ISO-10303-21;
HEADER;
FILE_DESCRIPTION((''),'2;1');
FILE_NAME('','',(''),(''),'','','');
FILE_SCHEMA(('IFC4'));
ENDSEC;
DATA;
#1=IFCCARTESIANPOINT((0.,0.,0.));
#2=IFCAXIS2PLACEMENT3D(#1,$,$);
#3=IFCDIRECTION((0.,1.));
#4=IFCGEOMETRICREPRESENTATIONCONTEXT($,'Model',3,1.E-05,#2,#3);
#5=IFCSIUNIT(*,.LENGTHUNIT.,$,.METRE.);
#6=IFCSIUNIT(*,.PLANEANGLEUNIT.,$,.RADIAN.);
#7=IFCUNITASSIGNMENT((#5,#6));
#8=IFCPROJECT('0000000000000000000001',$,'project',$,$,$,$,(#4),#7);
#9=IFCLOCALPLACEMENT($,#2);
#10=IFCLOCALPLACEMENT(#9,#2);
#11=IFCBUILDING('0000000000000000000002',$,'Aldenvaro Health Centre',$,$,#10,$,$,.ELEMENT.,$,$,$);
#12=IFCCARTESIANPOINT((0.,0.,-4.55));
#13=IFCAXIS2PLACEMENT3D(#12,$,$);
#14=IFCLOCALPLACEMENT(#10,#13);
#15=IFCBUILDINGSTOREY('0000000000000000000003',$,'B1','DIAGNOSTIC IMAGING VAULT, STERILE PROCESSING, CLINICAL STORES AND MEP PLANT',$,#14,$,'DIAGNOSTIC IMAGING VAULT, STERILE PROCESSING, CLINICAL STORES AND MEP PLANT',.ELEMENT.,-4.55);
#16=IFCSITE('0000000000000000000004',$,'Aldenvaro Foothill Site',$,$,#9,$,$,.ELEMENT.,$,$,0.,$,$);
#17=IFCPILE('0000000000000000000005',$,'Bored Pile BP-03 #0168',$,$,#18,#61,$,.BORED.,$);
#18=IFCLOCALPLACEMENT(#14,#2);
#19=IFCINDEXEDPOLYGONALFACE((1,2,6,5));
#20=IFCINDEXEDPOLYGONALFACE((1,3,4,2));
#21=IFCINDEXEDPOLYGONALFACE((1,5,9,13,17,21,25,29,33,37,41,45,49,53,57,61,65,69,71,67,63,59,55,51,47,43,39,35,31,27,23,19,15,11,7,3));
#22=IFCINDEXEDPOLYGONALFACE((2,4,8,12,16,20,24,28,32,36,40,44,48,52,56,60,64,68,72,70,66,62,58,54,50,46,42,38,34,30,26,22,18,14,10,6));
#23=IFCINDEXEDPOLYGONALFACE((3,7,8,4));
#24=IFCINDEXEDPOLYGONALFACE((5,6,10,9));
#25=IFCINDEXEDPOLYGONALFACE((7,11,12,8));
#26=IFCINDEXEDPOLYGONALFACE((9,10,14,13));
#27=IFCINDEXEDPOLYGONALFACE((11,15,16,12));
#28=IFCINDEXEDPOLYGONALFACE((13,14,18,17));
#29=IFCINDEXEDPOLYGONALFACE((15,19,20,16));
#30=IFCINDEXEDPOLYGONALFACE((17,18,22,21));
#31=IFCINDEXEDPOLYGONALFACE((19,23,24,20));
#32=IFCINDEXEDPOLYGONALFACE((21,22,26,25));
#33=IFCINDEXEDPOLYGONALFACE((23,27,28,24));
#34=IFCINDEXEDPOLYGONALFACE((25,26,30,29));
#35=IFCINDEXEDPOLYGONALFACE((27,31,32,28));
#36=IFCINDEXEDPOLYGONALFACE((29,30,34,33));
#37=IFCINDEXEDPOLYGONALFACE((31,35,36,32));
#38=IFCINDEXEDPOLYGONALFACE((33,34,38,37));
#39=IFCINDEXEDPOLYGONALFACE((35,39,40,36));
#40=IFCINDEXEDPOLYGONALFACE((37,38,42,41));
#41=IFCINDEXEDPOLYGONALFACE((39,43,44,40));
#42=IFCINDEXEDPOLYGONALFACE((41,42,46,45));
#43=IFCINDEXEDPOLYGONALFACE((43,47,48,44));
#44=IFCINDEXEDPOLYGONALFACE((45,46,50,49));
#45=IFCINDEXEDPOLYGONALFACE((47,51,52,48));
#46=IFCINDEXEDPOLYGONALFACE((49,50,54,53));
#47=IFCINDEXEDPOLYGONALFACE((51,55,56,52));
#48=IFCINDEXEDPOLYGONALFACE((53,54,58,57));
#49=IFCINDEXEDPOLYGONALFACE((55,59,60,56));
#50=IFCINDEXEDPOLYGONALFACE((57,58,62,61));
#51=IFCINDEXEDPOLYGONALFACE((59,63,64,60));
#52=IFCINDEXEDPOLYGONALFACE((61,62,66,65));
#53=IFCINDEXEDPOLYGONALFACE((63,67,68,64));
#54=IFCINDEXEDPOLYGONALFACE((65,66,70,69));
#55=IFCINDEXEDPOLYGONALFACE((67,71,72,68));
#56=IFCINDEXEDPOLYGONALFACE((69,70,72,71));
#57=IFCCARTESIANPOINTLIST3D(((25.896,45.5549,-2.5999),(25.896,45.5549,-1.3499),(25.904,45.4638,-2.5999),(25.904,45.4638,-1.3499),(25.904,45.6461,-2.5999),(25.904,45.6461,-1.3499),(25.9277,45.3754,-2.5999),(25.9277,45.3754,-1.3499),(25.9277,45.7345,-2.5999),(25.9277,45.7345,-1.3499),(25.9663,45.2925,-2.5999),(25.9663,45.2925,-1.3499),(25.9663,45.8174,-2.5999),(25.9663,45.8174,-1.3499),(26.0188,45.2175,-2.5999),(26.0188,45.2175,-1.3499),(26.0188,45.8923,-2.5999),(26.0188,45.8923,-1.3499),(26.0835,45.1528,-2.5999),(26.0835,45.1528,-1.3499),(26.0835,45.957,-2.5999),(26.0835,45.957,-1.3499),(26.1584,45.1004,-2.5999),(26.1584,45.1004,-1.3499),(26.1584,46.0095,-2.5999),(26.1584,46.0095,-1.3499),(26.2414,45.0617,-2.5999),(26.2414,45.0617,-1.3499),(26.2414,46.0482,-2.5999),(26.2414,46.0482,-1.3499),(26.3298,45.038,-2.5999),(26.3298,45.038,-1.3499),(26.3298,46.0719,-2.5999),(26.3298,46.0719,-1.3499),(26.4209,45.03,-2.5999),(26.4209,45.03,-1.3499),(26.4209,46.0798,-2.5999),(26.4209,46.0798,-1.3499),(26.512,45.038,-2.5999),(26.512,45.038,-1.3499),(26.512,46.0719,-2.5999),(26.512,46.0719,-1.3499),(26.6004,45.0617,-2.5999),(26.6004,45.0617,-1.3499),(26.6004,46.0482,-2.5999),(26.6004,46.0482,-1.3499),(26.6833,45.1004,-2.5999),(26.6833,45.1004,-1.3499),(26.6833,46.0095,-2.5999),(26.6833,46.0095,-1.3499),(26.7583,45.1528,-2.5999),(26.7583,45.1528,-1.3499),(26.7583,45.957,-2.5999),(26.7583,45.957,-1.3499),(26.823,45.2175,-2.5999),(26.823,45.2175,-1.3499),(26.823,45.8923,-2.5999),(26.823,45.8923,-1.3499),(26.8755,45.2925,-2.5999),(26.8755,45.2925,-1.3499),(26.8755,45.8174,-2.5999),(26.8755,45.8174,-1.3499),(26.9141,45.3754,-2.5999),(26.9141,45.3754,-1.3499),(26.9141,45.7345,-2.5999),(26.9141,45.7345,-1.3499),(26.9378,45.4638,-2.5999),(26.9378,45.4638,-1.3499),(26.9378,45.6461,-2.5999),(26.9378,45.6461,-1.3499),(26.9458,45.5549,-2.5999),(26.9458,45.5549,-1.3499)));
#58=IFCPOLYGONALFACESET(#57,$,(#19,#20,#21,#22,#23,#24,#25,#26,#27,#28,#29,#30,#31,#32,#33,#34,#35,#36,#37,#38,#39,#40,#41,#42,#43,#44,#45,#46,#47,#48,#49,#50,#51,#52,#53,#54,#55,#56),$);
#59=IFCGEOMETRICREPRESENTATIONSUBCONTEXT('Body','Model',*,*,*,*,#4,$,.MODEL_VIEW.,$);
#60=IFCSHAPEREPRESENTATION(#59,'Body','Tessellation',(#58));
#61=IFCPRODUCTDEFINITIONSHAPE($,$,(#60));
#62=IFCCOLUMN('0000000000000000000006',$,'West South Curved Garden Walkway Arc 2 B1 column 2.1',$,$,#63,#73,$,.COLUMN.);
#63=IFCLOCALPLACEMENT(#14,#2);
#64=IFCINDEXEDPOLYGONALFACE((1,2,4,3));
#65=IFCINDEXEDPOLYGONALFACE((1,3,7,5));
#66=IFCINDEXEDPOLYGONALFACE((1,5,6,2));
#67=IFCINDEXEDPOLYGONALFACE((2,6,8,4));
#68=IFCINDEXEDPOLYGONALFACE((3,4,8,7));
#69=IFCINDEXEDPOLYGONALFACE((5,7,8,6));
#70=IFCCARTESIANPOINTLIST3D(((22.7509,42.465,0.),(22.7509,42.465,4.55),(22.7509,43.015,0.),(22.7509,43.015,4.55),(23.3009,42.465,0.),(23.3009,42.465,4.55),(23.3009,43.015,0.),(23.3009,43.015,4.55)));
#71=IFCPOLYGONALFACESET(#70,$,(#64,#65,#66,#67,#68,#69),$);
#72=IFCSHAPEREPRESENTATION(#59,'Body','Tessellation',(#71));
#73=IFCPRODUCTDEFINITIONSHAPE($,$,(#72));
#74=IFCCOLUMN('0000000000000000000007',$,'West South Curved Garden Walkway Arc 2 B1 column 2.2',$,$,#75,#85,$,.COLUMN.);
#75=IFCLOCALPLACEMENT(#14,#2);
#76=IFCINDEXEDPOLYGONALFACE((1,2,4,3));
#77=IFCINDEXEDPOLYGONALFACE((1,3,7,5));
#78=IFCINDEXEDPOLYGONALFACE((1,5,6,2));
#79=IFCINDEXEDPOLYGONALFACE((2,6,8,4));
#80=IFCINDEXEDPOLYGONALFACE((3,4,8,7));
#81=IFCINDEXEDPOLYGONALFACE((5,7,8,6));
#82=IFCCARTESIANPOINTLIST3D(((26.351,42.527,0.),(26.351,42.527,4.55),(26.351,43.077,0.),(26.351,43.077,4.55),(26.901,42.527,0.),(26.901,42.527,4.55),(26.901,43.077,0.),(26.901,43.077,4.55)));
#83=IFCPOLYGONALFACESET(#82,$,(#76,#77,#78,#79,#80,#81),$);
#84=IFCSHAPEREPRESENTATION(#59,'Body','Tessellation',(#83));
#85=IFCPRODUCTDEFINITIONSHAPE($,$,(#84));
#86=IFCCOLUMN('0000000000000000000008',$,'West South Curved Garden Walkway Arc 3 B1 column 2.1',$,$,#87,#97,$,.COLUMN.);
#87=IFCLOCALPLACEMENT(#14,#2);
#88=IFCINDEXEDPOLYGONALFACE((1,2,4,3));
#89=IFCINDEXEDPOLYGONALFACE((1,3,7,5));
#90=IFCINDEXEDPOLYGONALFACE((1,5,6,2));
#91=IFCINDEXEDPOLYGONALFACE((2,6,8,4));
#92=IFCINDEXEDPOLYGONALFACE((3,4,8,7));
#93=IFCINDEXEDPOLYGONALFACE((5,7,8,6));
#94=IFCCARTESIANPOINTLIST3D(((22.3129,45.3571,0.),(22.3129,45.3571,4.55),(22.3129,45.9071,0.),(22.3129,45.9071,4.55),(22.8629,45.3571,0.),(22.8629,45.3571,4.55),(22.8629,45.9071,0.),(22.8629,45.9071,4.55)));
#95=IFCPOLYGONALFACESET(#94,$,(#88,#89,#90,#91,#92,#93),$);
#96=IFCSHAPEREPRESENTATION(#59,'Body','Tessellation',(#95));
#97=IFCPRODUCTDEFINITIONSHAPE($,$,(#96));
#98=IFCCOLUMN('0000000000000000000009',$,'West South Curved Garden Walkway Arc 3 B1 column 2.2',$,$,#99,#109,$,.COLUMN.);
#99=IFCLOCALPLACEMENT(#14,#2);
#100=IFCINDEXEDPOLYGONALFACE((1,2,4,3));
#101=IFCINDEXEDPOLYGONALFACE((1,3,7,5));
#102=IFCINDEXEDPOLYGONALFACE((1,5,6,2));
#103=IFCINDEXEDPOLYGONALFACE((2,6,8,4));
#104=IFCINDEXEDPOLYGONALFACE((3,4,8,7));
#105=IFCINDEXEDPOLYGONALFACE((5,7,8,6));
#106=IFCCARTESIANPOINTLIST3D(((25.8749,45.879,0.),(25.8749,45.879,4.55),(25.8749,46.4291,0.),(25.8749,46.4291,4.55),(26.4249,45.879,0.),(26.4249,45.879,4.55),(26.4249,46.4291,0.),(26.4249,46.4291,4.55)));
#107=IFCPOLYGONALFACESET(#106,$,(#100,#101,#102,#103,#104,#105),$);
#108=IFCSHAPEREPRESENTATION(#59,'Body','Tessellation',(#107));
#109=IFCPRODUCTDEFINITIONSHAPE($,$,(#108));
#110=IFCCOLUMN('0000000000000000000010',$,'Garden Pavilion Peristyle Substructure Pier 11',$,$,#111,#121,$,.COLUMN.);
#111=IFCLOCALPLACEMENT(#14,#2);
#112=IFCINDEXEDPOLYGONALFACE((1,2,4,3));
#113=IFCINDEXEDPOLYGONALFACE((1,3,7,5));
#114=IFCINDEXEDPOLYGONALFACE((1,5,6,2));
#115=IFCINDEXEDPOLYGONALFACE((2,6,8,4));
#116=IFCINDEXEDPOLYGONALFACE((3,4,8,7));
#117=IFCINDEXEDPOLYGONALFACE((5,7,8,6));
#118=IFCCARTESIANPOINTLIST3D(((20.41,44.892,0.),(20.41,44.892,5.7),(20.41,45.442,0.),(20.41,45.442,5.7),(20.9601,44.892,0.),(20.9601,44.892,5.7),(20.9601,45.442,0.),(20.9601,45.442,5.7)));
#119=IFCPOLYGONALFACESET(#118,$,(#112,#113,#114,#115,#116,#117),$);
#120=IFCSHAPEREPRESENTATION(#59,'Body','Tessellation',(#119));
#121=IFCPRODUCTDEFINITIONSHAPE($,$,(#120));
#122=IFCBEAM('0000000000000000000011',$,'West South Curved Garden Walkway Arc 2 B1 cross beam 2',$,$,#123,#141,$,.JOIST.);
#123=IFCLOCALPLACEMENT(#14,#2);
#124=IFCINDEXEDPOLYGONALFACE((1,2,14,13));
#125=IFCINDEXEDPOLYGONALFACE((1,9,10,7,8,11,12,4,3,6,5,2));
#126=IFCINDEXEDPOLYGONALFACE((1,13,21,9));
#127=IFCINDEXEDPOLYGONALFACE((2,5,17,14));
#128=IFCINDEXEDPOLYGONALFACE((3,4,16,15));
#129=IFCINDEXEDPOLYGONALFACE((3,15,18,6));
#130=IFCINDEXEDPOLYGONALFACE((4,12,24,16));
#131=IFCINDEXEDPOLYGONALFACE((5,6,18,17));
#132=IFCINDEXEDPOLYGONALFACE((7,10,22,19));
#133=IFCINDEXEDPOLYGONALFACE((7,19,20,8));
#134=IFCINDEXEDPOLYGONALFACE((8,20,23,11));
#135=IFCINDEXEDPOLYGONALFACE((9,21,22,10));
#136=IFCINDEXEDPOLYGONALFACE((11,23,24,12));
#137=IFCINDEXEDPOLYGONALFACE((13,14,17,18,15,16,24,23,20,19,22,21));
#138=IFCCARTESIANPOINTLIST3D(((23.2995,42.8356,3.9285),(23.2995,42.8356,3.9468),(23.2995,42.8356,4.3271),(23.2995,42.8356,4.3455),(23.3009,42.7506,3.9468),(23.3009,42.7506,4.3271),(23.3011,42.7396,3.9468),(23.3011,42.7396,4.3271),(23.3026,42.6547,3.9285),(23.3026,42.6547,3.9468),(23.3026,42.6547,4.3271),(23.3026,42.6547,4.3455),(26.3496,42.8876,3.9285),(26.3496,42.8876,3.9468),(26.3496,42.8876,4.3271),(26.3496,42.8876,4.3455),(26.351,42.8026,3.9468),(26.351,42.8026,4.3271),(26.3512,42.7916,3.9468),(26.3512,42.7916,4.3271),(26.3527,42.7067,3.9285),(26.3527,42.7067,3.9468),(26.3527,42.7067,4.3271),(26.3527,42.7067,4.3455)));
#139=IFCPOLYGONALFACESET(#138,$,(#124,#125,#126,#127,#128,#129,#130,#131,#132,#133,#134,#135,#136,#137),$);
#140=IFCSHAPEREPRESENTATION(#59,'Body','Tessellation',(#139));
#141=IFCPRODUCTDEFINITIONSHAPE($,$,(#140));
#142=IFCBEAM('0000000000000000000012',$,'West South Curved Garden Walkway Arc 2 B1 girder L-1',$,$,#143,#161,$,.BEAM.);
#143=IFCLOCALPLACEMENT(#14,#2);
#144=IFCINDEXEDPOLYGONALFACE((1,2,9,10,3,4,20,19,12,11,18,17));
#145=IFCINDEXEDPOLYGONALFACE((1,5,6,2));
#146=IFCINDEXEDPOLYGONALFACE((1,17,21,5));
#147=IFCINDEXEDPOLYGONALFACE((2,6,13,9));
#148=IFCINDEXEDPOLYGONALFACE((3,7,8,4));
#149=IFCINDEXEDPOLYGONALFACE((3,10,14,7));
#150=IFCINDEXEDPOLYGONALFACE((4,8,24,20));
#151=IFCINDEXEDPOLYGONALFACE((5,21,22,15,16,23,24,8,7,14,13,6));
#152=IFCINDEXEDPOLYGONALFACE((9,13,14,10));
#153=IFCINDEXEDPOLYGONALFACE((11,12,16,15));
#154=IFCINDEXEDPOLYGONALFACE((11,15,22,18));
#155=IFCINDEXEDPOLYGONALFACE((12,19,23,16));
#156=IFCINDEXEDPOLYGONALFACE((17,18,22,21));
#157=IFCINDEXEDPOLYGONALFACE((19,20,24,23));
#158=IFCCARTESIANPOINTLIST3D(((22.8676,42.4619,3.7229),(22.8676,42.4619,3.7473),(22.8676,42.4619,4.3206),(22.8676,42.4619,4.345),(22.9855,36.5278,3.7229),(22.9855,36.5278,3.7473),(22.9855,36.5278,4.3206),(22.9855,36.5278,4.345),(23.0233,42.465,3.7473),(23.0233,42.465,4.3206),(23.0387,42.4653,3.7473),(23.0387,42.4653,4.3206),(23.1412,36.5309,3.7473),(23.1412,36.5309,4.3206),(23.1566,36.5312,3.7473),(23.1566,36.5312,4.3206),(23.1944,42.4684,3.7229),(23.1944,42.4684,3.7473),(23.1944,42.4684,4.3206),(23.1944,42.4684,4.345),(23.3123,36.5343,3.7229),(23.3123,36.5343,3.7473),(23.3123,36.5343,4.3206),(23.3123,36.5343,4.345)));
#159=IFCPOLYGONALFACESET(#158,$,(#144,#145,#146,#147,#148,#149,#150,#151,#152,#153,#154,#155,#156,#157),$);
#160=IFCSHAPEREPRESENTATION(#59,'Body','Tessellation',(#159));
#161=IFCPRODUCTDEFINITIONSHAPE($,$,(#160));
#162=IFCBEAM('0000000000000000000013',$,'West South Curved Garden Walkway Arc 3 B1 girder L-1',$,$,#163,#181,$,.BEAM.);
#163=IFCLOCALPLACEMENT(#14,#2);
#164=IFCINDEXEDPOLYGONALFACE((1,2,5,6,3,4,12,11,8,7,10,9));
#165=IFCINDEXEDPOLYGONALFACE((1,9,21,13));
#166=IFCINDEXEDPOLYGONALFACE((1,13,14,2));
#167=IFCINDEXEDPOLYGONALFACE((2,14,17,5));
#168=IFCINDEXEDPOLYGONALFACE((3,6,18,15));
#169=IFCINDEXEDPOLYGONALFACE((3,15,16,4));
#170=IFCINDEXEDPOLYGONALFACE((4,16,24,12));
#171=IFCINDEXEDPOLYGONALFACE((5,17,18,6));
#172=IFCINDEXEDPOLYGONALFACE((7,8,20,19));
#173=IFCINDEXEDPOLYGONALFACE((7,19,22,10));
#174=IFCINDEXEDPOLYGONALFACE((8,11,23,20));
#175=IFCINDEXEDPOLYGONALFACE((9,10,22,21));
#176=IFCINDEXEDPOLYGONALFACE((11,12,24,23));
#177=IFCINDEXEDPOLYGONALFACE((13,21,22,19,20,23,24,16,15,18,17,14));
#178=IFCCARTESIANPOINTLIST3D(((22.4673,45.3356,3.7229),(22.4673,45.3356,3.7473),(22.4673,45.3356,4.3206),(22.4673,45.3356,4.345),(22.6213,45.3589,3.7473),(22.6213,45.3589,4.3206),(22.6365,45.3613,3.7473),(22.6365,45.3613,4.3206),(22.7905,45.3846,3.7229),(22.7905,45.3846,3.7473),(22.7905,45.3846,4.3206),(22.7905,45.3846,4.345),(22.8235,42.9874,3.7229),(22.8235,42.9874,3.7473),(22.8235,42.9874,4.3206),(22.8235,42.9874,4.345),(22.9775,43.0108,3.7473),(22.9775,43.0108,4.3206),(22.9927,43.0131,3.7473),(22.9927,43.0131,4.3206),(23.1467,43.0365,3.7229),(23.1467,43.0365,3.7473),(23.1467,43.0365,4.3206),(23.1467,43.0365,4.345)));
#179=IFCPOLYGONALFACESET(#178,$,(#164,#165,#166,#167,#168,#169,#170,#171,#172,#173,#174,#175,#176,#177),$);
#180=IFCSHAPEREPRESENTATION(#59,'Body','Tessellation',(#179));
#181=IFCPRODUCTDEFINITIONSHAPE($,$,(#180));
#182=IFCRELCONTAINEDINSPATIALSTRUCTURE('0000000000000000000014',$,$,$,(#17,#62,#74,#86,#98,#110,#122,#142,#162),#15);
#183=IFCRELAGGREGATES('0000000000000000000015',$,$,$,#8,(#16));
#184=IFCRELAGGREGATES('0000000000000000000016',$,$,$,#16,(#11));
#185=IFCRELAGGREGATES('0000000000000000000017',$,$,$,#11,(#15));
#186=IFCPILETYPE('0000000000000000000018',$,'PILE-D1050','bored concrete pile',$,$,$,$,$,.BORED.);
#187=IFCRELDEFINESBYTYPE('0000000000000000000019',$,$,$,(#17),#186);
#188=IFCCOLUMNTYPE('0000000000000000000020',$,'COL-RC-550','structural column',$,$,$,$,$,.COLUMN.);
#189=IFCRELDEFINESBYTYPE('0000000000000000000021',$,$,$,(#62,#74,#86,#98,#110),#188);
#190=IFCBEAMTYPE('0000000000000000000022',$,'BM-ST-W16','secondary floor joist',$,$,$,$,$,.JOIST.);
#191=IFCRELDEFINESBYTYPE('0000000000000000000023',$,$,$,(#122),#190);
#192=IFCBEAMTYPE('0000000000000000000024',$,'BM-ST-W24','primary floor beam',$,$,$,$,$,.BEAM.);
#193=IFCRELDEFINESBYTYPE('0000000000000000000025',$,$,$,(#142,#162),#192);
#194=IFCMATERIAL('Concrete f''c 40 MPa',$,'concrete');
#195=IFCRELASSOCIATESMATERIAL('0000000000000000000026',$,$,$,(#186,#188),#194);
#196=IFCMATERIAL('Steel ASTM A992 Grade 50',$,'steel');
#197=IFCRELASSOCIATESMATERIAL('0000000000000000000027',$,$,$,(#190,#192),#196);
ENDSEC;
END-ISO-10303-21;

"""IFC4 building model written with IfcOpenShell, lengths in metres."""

from ifc_helpers import new_model, si_unit, direction, frame, origin, origin_2d, place, context, subcontext, project, spatial, rectangle, circle, i_section, extrude, material, material_profile, profile_set, type_object, element, save


model = new_model("IFC4")

# Units and contexts
model_context = context("Model", 3, precision=1e-05, world=origin(), true_north=direction((0.0, 1.0)))
body_context = subcontext(model_context, "Body", "Model", "MODEL_VIEW")
ifc_project = project(units=[si_unit("LENGTHUNIT", "METRE"), si_unit("PLANEANGLEUNIT", "RADIAN")], contexts=[model_context])

# Site, building, storey
site_placement = place(None, origin())
site = spatial("IfcSite", under=ifc_project, at=site_placement, Name="Aldenvaro Foothill Site", CompositionType="ELEMENT", RefElevation=0.0)
building_placement = place(site_placement, origin())
building = spatial("IfcBuilding", under=site, at=building_placement, Name="Aldenvaro Health Centre", CompositionType="ELEMENT")
storey_placement = place(building_placement, frame((0.0, 0.0, -4.55)))
storey = spatial("IfcBuildingStorey", under=building, at=storey_placement, Name="B1", Description="DIAGNOSTIC IMAGING VAULT, STERILE PROCESSING, CLINICAL STORES AND MEP PLANT", LongName="DIAGNOSTIC IMAGING VAULT, STERILE PROCESSING, CLINICAL STORES AND MEP PLANT", CompositionType="ELEMENT", Elevation=-4.55)

# Pile
ifc_material_1 = material(Name="Concrete f'c 40 MPa", Category="concrete")
ifc_material_profile_1 = material_profile(ifc_material_1, circle(Radius=0.5249, at=origin_2d()), Name="PILE D1050", Category="concrete")
ifc_profile_set_1 = profile_set([ifc_material_profile_1], Name="Concrete f'c 40 MPa")
pile_type = type_object("IfcPileType", Name="PILE-D1050", Description="bored concrete pile", PredefinedType="BORED", material=ifc_profile_set_1)
for number, where, z_axis, x_axis, name in (
    (1, (26.4209, 45.5549, -1.3499), (0.0, 0.0, -1.0), (1.0, 0.0, 0.0), "Bored Pile BP-03 #0168"),
):
    element("IfcPile", number, at=place(storey_placement, frame(where, z_axis=z_axis, x_axis=x_axis)), inside=storey, type_object=pile_type, Name=name, PredefinedType="BORED", context=body_context, shape_type="SweptSolid", body=[
        extrude(circle(Radius=0.5249, at=origin_2d()), origin(), (0.0, 0.0, 1.0), 1.25),
    ])

# Columns
ifc_material_profile_2 = material_profile(ifc_material_1, rectangle(XDim=0.55, YDim=0.55, at=origin_2d()), Name="RC 550x550", Category="concrete")
ifc_profile_set_2 = profile_set([ifc_material_profile_2], Name="Concrete f'c 40 MPa")
column_type = type_object("IfcColumnType", Name="COL-RC-550", Description="structural column", PredefinedType="COLUMN", material=ifc_profile_set_2)
for number, where, z_axis, x_axis, name in (
    (2, (23.0259, 42.74, 0.0), (0.0, 0.0, 1.0), (1.0, 0.0, 0.0), "West South Curved Garden Walkway Arc 2 B1 column 2.1"),
    (3, (26.626, 42.802, 0.0), (0.0, 0.0, 1.0), (1.0, 0.0, 0.0), "West South Curved Garden Walkway Arc 2 B1 column 2.2"),
    (4, (22.5879, 45.6321, 0.0), (0.0, 0.0, 1.0), (1.0, 0.0, 0.0), "West South Curved Garden Walkway Arc 3 B1 column 2.1"),
    (5, (26.1499, 46.1541, 0.0), (0.0, 0.0, 1.0), (1.0, 0.0, 0.0), "West South Curved Garden Walkway Arc 3 B1 column 2.2"),
):
    element("IfcColumn", number, at=place(storey_placement, frame(where, z_axis=z_axis, x_axis=x_axis)), inside=storey, type_object=column_type, Name=name, PredefinedType="COLUMN", context=body_context, shape_type="SweptSolid", body=[
        extrude(rectangle(XDim=0.55, YDim=0.55, at=origin_2d()), origin(), (0.0, 0.0, 1.0), 4.55),
    ])
column_placement = place(storey_placement, frame((20.6851, 45.167, 0.0), z_axis=(0.0, 0.0, 1.0), x_axis=(1.0, 0.0, 0.0)))
element("IfcColumn", 6, at=column_placement, inside=storey, type_object=column_type, Name="Garden Pavilion Peristyle Substructure Pier 11", PredefinedType="COLUMN", context=body_context, shape_type="SweptSolid", body=[
    extrude(rectangle(XDim=0.55, YDim=0.55, at=origin_2d()), origin(), (0.0, 0.0, 1.0), 5.7),
])

# Beams
ifc_material_2 = material(Name="Steel ASTM A992 Grade 50", Category="steel")
ifc_material_profile_3 = material_profile(ifc_material_2, i_section(OverallWidth=0.1809, OverallDepth=0.417, WebThickness=0.011, FlangeThickness=0.0183, at=origin_2d()), Name="W16X57", Category="steel")
ifc_profile_set_3 = profile_set([ifc_material_profile_3], Name="Steel ASTM A992 Grade 50")
beam_type_1 = type_object("IfcBeamType", Name="BM-ST-W16", Description="secondary floor joist", PredefinedType="JOIST", material=ifc_profile_set_3)
beam_1_placement = place(storey_placement, frame((23.301, 42.7451, 4.137), z_axis=(0.999855, 0.017047, 0.0), x_axis=(-0.017047, 0.999855, 0.0)))
element("IfcBeam", 7, at=beam_1_placement, inside=storey, type_object=beam_type_1, Name="West South Curved Garden Walkway Arc 2 B1 cross beam 2", PredefinedType="JOIST", context=body_context, shape_type="SweptSolid", body=[
    extrude(i_section(OverallWidth=0.1809, OverallDepth=0.417, WebThickness=0.011, FlangeThickness=0.0183, at=origin_2d()), origin(), (0.0, 0.0, 1.0), 3.0505),
])
ifc_material_profile_4 = material_profile(ifc_material_2, i_section(OverallWidth=0.3269, OverallDepth=0.6221, WebThickness=0.0154, FlangeThickness=0.0244, at=origin_2d()), Name="W24X131", Category="steel")
ifc_profile_set_4 = profile_set([ifc_material_profile_4], Name="Steel ASTM A992 Grade 50")
beam_type_2 = type_object("IfcBeamType", Name="BM-ST-W24", Description="primary floor beam", PredefinedType="BEAM", material=ifc_profile_set_4)
beam_2_placement = place(storey_placement, frame((23.1489, 36.531, 4.0339), z_axis=(-0.019868, 0.999803, 0.0), x_axis=(-0.999803, -0.019868, 0.0)))
element("IfcBeam", 8, at=beam_2_placement, inside=storey, type_object=beam_type_2, Name="West South Curved Garden Walkway Arc 2 B1 girder L-1", PredefinedType="BEAM", context=body_context, shape_type="SweptSolid", body=[
    extrude(i_section(OverallWidth=0.3269, OverallDepth=0.6221, WebThickness=0.0154, FlangeThickness=0.0244, at=origin_2d()), origin(), (0.0, 0.0, 1.0), 5.9353),
])
beam_3_placement = place(storey_placement, frame((22.9851, 43.012, 4.0339), z_axis=(-0.149979, 0.988689, 0.0), x_axis=(-0.988689, -0.149979, 0.0)))
element("IfcBeam", 9, at=beam_3_placement, inside=storey, type_object=beam_type_2, Name="West South Curved Garden Walkway Arc 3 B1 girder L-1", PredefinedType="BEAM", context=body_context, shape_type="SweptSolid", body=[
    extrude(i_section(OverallWidth=0.3269, OverallDepth=0.6221, WebThickness=0.0154, FlangeThickness=0.0244, at=origin_2d()), origin(), (0.0, 0.0, 1.0), 2.375),
])

save(model, "model.ifc")
